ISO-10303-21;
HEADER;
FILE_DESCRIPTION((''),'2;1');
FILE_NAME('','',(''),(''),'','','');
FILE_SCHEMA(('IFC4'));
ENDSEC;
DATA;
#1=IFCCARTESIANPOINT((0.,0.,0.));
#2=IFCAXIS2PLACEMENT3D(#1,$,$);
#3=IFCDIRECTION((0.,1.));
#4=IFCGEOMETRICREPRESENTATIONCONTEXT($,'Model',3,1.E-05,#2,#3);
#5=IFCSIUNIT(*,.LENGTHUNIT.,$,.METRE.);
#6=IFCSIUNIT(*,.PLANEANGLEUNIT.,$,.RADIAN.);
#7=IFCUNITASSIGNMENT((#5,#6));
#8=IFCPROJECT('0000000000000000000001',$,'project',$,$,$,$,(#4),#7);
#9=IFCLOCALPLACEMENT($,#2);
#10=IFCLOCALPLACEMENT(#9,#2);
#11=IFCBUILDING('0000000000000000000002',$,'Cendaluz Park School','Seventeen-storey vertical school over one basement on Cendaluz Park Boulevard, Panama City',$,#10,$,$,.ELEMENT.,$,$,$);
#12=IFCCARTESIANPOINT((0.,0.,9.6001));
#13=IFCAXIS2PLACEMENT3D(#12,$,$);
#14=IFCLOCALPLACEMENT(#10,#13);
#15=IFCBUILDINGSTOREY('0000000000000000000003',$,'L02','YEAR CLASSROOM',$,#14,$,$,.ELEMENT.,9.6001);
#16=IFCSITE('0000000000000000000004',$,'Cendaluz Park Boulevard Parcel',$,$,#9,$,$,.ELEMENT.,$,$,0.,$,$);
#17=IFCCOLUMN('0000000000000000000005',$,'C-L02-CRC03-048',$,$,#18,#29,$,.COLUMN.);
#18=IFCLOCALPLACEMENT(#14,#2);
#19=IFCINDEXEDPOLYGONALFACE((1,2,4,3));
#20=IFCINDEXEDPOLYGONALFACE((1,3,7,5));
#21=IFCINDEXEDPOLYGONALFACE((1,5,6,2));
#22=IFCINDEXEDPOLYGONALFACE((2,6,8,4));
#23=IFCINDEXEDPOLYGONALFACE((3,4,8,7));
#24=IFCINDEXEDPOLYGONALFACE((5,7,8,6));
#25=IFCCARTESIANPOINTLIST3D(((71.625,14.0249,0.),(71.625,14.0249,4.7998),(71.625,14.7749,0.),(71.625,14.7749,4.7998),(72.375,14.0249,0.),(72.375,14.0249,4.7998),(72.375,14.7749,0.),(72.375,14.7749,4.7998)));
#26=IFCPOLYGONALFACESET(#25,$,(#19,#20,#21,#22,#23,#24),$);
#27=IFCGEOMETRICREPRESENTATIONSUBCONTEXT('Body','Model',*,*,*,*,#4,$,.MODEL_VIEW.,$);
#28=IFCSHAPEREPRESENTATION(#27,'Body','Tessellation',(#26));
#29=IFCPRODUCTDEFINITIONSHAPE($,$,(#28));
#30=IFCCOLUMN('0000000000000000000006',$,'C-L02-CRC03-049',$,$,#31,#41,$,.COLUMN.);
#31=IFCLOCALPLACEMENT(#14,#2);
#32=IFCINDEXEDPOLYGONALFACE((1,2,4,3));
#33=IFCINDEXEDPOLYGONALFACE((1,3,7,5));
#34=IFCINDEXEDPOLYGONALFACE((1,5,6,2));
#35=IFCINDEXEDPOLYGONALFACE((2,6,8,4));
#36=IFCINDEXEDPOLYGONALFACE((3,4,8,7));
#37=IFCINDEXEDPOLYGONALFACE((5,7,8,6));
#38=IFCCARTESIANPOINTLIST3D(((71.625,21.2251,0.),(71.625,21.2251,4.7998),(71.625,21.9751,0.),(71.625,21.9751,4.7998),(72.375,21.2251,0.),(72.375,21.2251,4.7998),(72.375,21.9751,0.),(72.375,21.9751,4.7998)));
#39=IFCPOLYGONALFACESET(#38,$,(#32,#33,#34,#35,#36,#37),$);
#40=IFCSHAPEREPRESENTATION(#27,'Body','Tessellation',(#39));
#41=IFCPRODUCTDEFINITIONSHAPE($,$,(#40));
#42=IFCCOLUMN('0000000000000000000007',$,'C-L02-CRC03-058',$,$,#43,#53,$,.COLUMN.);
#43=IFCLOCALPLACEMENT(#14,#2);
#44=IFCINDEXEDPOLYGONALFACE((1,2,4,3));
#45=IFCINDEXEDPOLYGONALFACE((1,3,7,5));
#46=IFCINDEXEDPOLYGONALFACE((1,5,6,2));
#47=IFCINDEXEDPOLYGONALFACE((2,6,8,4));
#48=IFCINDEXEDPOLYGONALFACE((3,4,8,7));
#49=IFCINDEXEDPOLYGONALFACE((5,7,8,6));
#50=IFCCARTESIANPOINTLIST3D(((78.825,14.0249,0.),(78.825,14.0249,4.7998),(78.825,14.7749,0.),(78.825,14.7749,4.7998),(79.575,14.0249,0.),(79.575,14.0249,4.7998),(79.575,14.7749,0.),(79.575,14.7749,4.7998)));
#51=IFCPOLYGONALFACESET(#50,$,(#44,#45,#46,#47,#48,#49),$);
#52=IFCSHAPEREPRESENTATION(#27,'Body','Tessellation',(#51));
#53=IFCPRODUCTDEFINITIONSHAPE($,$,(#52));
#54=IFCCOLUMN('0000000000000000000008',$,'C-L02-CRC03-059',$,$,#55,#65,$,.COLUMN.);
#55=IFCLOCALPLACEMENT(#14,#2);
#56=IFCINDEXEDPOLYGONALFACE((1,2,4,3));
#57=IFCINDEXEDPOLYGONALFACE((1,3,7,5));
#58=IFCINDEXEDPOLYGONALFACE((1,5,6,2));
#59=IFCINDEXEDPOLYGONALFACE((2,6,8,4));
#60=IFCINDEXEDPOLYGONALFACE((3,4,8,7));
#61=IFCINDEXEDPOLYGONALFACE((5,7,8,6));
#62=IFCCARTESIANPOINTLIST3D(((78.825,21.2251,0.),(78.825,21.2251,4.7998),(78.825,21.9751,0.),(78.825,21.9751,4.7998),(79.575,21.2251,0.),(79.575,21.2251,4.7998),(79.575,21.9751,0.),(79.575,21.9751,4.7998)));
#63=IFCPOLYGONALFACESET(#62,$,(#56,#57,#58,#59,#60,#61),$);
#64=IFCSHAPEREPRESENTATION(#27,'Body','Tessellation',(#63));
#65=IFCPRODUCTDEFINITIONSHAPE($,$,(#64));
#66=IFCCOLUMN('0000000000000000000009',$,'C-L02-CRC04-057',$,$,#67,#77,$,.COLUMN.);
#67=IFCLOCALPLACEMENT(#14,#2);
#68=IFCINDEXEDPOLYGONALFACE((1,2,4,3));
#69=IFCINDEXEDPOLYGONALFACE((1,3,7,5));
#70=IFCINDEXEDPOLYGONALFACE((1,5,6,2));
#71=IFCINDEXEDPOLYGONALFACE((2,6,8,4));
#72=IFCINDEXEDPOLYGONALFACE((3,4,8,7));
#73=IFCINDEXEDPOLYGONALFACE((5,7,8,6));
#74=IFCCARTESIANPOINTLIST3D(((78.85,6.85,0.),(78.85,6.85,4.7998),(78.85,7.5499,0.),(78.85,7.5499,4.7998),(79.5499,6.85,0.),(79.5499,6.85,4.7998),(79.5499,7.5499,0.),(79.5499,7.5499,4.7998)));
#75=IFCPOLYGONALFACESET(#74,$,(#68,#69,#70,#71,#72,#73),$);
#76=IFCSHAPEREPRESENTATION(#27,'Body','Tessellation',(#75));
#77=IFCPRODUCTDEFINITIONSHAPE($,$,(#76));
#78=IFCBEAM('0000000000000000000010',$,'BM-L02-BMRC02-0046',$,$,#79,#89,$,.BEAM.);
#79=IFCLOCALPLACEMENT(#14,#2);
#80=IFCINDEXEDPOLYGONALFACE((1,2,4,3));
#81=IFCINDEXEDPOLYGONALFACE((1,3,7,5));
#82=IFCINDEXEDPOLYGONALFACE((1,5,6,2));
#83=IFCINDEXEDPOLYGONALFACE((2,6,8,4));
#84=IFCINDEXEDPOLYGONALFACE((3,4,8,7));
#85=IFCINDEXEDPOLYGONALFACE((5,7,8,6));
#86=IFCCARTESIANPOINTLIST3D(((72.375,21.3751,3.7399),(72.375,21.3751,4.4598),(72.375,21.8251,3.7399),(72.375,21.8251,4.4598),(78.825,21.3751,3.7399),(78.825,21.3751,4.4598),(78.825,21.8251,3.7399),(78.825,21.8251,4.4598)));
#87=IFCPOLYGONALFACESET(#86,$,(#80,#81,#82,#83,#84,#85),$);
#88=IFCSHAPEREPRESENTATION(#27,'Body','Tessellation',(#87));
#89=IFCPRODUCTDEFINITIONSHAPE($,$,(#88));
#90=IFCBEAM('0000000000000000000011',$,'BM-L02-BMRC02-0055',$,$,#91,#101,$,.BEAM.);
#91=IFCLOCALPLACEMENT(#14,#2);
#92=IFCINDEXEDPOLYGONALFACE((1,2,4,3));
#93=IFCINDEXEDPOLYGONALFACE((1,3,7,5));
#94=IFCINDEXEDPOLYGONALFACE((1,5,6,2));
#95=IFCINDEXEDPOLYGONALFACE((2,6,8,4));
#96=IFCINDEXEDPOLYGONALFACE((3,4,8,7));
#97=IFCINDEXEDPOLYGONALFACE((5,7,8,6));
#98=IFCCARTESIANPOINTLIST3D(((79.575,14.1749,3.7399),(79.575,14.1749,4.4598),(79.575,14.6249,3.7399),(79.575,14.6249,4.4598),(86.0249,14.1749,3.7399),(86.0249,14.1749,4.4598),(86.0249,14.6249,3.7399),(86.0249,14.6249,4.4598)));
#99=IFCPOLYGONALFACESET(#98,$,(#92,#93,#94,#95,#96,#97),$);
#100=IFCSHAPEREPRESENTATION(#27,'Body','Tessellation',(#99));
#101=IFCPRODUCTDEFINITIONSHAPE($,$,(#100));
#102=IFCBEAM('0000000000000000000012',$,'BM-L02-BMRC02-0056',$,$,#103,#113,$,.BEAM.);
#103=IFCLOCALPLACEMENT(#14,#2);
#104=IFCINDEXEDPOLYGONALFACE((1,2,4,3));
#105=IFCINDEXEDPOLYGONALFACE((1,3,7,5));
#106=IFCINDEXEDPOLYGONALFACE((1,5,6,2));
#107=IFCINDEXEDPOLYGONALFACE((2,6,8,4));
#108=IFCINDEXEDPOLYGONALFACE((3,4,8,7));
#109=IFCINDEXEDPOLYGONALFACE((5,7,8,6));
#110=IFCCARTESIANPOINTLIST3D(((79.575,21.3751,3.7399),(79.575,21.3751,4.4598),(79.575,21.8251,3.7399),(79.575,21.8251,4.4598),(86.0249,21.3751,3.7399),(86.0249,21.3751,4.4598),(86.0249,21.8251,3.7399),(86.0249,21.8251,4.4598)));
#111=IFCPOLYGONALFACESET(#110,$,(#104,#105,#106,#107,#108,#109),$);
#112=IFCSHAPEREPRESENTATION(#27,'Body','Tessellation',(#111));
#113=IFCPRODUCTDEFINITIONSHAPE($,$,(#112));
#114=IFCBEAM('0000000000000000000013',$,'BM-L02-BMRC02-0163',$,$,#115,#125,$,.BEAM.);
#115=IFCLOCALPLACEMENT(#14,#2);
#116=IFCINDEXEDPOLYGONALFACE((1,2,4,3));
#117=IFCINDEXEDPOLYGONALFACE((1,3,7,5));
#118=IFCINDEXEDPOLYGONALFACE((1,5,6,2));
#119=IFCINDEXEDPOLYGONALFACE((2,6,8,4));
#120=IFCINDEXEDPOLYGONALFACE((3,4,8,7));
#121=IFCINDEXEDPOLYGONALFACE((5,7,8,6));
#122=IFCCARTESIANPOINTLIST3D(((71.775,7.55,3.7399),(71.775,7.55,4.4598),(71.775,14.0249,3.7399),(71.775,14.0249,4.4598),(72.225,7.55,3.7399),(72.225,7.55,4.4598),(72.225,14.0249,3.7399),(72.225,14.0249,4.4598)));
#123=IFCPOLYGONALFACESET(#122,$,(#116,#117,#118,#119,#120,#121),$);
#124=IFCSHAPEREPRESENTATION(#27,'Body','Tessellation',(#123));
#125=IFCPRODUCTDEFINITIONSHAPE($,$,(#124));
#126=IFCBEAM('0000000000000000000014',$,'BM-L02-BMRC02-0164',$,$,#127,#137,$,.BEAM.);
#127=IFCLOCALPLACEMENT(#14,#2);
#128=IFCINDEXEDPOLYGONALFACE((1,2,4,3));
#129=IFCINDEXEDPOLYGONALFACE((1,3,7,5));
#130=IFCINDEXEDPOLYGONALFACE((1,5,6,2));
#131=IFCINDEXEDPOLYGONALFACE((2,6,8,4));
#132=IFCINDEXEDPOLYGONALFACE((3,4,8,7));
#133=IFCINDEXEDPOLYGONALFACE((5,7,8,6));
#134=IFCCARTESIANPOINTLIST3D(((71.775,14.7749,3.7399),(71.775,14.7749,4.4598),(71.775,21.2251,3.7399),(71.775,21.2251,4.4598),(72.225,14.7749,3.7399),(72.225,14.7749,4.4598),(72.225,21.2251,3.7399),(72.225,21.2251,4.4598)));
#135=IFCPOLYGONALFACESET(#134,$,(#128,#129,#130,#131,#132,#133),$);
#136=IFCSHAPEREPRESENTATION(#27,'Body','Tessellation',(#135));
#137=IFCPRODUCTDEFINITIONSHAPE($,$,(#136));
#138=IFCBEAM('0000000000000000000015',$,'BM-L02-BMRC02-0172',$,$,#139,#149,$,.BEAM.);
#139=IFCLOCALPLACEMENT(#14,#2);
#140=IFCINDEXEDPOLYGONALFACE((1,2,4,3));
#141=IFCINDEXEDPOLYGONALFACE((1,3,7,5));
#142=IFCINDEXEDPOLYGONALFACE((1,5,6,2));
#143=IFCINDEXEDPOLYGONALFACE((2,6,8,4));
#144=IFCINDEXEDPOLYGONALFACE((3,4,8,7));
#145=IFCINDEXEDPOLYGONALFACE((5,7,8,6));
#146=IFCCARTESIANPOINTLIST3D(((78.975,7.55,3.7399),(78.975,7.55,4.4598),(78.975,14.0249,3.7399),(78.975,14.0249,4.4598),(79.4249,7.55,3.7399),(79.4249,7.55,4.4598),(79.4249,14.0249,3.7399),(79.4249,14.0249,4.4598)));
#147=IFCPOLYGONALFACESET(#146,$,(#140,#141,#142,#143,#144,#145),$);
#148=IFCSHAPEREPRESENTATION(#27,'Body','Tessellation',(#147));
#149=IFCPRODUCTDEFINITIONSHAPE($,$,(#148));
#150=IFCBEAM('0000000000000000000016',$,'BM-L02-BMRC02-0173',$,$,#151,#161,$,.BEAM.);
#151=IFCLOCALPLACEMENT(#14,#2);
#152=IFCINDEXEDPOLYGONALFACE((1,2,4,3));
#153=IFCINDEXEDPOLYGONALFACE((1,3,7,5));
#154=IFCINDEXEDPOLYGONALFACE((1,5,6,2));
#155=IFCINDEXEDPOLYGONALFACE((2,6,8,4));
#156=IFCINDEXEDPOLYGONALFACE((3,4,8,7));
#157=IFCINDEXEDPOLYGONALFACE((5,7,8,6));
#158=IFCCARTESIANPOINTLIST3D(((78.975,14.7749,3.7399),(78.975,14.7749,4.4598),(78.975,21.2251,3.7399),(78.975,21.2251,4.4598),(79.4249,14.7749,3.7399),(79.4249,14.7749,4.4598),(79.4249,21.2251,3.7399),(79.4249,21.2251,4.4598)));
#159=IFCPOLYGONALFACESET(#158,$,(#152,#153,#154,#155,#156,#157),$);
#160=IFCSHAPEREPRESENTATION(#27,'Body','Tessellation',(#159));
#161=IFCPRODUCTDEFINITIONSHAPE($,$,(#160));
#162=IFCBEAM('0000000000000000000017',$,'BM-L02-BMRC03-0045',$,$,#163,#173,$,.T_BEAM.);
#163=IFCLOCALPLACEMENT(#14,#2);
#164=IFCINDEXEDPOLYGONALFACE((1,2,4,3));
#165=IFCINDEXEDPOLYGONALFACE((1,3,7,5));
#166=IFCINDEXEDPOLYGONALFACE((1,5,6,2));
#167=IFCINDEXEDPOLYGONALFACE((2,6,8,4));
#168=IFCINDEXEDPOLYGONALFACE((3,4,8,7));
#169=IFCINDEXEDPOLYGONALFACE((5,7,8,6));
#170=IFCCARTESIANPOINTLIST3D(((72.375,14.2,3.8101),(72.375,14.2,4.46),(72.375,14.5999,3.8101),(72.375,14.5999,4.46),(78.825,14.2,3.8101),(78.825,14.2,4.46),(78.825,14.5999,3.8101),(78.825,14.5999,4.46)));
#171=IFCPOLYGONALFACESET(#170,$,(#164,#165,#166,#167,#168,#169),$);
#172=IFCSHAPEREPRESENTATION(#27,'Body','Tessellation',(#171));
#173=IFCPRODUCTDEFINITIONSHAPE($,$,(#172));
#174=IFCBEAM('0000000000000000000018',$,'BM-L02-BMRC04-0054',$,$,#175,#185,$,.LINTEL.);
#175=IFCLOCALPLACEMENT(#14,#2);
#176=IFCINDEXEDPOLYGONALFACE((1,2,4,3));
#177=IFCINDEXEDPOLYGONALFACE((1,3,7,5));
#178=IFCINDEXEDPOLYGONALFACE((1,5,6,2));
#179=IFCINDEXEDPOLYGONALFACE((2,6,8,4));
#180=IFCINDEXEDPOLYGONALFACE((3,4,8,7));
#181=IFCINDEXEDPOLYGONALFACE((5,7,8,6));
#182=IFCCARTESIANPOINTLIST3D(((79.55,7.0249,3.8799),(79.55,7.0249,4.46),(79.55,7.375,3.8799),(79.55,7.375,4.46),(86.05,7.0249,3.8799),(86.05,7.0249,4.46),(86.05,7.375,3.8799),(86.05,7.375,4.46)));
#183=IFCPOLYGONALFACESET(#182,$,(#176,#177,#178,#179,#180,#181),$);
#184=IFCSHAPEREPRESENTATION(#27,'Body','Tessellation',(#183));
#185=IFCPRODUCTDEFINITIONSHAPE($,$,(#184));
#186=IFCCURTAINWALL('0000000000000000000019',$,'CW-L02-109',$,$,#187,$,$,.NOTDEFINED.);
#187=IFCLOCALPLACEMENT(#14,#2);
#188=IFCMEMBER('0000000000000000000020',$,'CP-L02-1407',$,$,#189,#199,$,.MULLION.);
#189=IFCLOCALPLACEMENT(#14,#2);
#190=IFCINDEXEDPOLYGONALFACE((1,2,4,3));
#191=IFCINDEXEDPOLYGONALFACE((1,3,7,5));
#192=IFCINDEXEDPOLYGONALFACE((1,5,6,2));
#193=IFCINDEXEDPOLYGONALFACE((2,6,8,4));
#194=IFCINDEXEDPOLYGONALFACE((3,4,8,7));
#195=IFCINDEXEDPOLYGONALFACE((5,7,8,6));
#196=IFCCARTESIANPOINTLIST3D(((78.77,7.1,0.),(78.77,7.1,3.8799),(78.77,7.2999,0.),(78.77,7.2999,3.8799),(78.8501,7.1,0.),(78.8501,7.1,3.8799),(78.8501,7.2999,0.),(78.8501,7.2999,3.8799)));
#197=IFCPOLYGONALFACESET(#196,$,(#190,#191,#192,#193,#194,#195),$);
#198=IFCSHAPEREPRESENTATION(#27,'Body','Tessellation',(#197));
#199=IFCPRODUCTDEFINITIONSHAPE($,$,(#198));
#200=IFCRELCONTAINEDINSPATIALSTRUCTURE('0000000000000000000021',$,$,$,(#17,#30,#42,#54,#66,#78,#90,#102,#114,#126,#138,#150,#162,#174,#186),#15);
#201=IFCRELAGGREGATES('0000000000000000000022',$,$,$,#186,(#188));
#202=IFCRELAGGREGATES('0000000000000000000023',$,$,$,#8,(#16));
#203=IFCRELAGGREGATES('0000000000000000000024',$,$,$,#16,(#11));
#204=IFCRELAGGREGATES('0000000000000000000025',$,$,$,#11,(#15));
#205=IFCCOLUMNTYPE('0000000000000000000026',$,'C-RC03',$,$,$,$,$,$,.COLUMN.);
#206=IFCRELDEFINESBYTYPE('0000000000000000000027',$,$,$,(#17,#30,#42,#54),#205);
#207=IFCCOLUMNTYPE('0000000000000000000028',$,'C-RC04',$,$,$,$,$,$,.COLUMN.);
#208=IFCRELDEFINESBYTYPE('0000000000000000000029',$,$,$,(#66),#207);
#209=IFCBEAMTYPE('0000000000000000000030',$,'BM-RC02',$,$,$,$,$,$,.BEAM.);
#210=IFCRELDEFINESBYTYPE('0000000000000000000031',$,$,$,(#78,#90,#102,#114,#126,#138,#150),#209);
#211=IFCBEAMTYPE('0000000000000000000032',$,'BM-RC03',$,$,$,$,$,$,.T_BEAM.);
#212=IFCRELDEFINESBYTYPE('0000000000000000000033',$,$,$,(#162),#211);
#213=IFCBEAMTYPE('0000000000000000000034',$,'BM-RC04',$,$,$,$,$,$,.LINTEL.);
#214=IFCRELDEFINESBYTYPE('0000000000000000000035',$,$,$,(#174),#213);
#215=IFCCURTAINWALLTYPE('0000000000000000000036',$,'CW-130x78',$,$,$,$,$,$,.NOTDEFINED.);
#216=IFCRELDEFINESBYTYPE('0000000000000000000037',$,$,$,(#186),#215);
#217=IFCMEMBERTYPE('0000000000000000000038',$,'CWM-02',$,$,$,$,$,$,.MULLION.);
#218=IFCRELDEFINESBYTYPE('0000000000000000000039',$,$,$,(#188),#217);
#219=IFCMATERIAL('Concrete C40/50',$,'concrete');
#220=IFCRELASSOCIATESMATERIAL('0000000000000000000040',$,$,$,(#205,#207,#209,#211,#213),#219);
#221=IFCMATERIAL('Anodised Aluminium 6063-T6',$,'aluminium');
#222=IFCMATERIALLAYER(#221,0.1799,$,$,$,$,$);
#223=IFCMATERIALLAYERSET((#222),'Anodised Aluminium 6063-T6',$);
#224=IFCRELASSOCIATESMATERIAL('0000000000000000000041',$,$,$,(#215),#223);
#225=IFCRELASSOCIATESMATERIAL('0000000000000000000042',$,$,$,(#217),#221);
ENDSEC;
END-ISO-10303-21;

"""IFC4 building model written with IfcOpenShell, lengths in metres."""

from ifc_helpers import new_model, si_unit, direction, frame, origin, origin_2d, place, context, subcontext, project, spatial, rectangle, extrude, material, layer, layer_set, material_profile, profile_set, type_object, element, aggregate, save


model = new_model("IFC4")

# Units and contexts
model_context = context("Model", 3, precision=1e-05, world=origin(), true_north=direction((0.0, 1.0)))
body_context = subcontext(model_context, "Body", "Model", "MODEL_VIEW")
ifc_project = project(units=[si_unit("LENGTHUNIT", "METRE"), si_unit("PLANEANGLEUNIT", "RADIAN")], contexts=[model_context])

# Site, building, storey
site_placement = place(None, origin())
site = spatial("IfcSite", under=ifc_project, at=site_placement, Name="Cendaluz Park Boulevard Parcel", CompositionType="ELEMENT", RefElevation=0.0)
building_placement = place(site_placement, origin())
building = spatial("IfcBuilding", under=site, at=building_placement, Name="Cendaluz Park School", Description="Seventeen-storey vertical school over one basement on Cendaluz Park Boulevard, Panama City", CompositionType="ELEMENT")
storey_placement = place(building_placement, frame((0.0, 0.0, 9.6001)))
storey = spatial("IfcBuildingStorey", under=building, at=storey_placement, Name="L02", Description="YEAR CLASSROOM", CompositionType="ELEMENT", Elevation=9.6001)

# Columns
ifc_material_1 = material(Name="Concrete C40/50", Category="concrete")
ifc_material_profile_1 = material_profile(ifc_material_1, rectangle(XDim=0.75, YDim=0.75, at=origin_2d()), Name="RC 750x750", Category="concrete")
ifc_profile_set_1 = profile_set([ifc_material_profile_1], Name="Concrete C40/50")
column_type_1 = type_object("IfcColumnType", Name="C-RC03", PredefinedType="COLUMN", material=ifc_profile_set_1)
for number, where, z_axis, x_axis, name in (
    (1, (72.0, 14.3999, 0.0), (0.0, 0.0, 1.0), (1.0, 0.0, 0.0), "C-L02-CRC03-048"),
    (2, (72.0, 21.6001, 0.0), (0.0, 0.0, 1.0), (1.0, 0.0, 0.0), "C-L02-CRC03-049"),
    (3, (79.2, 14.3999, 0.0), (0.0, 0.0, 1.0), (1.0, 0.0, 0.0), "C-L02-CRC03-058"),
    (4, (79.2, 21.6001, 0.0), (0.0, 0.0, 1.0), (1.0, 0.0, 0.0), "C-L02-CRC03-059"),
):
    element("IfcColumn", number, at=place(storey_placement, frame(where, z_axis=z_axis, x_axis=x_axis)), inside=storey, type_object=column_type_1, Name=name, PredefinedType="COLUMN", context=body_context, shape_type="SweptSolid", body=[
        extrude(rectangle(XDim=0.75, YDim=0.75, at=origin_2d()), origin(), (0.0, 0.0, 1.0), 4.7998),
    ])
ifc_material_profile_2 = material_profile(ifc_material_1, rectangle(XDim=0.7, YDim=0.7, at=origin_2d()), Name="RC 700x700", Category="concrete")
ifc_profile_set_2 = profile_set([ifc_material_profile_2], Name="Concrete C40/50")
column_type_2 = type_object("IfcColumnType", Name="C-RC04", PredefinedType="COLUMN", material=ifc_profile_set_2)
column_placement = place(storey_placement, frame((79.2, 7.2, 0.0), z_axis=(0.0, 0.0, 1.0), x_axis=(1.0, 0.0, 0.0)))
element("IfcColumn", 5, at=column_placement, inside=storey, type_object=column_type_2, Name="C-L02-CRC04-057", PredefinedType="COLUMN", context=body_context, shape_type="SweptSolid", body=[
    extrude(rectangle(XDim=0.7, YDim=0.7, at=origin_2d()), origin(), (0.0, 0.0, 1.0), 4.7998),
])

# Beams
ifc_material_profile_3 = material_profile(ifc_material_1, rectangle(XDim=0.45, YDim=0.72, at=origin_2d()), Name="RC 450x720", Category="concrete")
ifc_profile_set_3 = profile_set([ifc_material_profile_3], Name="Concrete C40/50")
beam_type_1 = type_object("IfcBeamType", Name="BM-RC02", PredefinedType="BEAM", material=ifc_profile_set_3)
for number, where, z_axis, x_axis, name in (
    (6, (72.375, 21.6001, 4.0999), (1.0, 0.0, 0.0), (0.0, 1.0, 0.0), "BM-L02-BMRC02-0046"),
    (7, (79.575, 14.3999, 4.0999), (1.0, 0.0, 0.0), (0.0, 1.0, 0.0), "BM-L02-BMRC02-0055"),
    (8, (79.575, 21.6001, 4.0999), (1.0, 0.0, 0.0), (0.0, 1.0, 0.0), "BM-L02-BMRC02-0056"),
):
    element("IfcBeam", number, at=place(storey_placement, frame(where, z_axis=z_axis, x_axis=x_axis)), inside=storey, type_object=beam_type_1, Name=name, PredefinedType="BEAM", context=body_context, shape_type="SweptSolid", body=[
        extrude(rectangle(XDim=0.45, YDim=0.72, at=origin_2d()), origin(), (0.0, 0.0, 1.0), 6.45),
    ])
beam_1_placement = place(storey_placement, frame((72.0, 7.55, 4.0999), z_axis=(0.0, 1.0, 0.0), x_axis=(-1.0, 0.0, 0.0)))
element("IfcBeam", 9, at=beam_1_placement, inside=storey, type_object=beam_type_1, Name="BM-L02-BMRC02-0163", PredefinedType="BEAM", context=body_context, shape_type="SweptSolid", body=[
    extrude(rectangle(XDim=0.45, YDim=0.72, at=origin_2d()), origin(), (0.0, 0.0, 1.0), 6.4749),
])
beam_2_placement = place(storey_placement, frame((72.0, 14.7749, 4.0999), z_axis=(0.0, 1.0, 0.0), x_axis=(-1.0, 0.0, 0.0)))
element("IfcBeam", 10, at=beam_2_placement, inside=storey, type_object=beam_type_1, Name="BM-L02-BMRC02-0164", PredefinedType="BEAM", context=body_context, shape_type="SweptSolid", body=[
    extrude(rectangle(XDim=0.45, YDim=0.72, at=origin_2d()), origin(), (0.0, 0.0, 1.0), 6.4502),
])
beam_3_placement = place(storey_placement, frame((79.2, 7.55, 4.0999), z_axis=(0.0, 1.0, 0.0), x_axis=(-1.0, 0.0, 0.0)))
element("IfcBeam", 11, at=beam_3_placement, inside=storey, type_object=beam_type_1, Name="BM-L02-BMRC02-0172", PredefinedType="BEAM", context=body_context, shape_type="SweptSolid", body=[
    extrude(rectangle(XDim=0.45, YDim=0.72, at=origin_2d()), origin(), (0.0, 0.0, 1.0), 6.4749),
])
beam_4_placement = place(storey_placement, frame((79.2, 14.7749, 4.0999), z_axis=(0.0, 1.0, 0.0), x_axis=(-1.0, 0.0, 0.0)))
element("IfcBeam", 12, at=beam_4_placement, inside=storey, type_object=beam_type_1, Name="BM-L02-BMRC02-0173", PredefinedType="BEAM", context=body_context, shape_type="SweptSolid", body=[
    extrude(rectangle(XDim=0.45, YDim=0.72, at=origin_2d()), origin(), (0.0, 0.0, 1.0), 6.4502),
])
ifc_material_profile_4 = material_profile(ifc_material_1, rectangle(XDim=0.3999, YDim=0.6499, at=origin_2d()), Name="RC 400x650", Category="concrete")
ifc_profile_set_4 = profile_set([ifc_material_profile_4], Name="Concrete C40/50")
beam_type_2 = type_object("IfcBeamType", Name="BM-RC03", PredefinedType="T_BEAM", material=ifc_profile_set_4)
beam_5_placement = place(storey_placement, frame((72.375, 14.3999, 4.135), z_axis=(1.0, 0.0, 0.0), x_axis=(0.0, 1.0, 0.0)))
element("IfcBeam", 13, at=beam_5_placement, inside=storey, type_object=beam_type_2, Name="BM-L02-BMRC03-0045", PredefinedType="T_BEAM", context=body_context, shape_type="SweptSolid", body=[
    extrude(rectangle(XDim=0.3999, YDim=0.6499, at=origin_2d()), origin(), (0.0, 0.0, 1.0), 6.45),
])
ifc_material_profile_5 = material_profile(ifc_material_1, rectangle(XDim=0.3501, YDim=0.5801, at=origin_2d()), Name="RC 350x580", Category="concrete")
ifc_profile_set_5 = profile_set([ifc_material_profile_5], Name="Concrete C40/50")
beam_type_3 = type_object("IfcBeamType", Name="BM-RC04", PredefinedType="LINTEL", material=ifc_profile_set_5)
beam_6_placement = place(storey_placement, frame((79.55, 7.2, 4.1699), z_axis=(1.0, 0.0, 0.0), x_axis=(0.0, 1.0, 0.0)))
element("IfcBeam", 14, at=beam_6_placement, inside=storey, type_object=beam_type_3, Name="BM-L02-BMRC04-0054", PredefinedType="LINTEL", context=body_context, shape_type="SweptSolid", body=[
    extrude(rectangle(XDim=0.3501, YDim=0.5801, at=origin_2d()), origin(), (0.0, 0.0, 1.0), 6.5),
])

# Curtain wall, member
ifc_material_2 = material(Name="Anodised Aluminium 6063-T6", Category="aluminium")
ifc_layer_1 = layer(ifc_material_2, 0.1799)
ifc_layer_set_1 = layer_set([ifc_layer_1], Name="Anodised Aluminium 6063-T6")
curtain_wall_type = type_object("IfcCurtainWallType", Name="CW-130x78", PredefinedType="NOTDEFINED", material=ifc_layer_set_1)
curtain_wall_placement = place(storey_placement, origin())
curtain_wall = element("IfcCurtainWall", 15, at=curtain_wall_placement, inside=storey, type_object=curtain_wall_type, Name="CW-L02-109", PredefinedType="NOTDEFINED")
ifc_material_profile_6 = material_profile(ifc_material_2, rectangle(XDim=0.2, YDim=0.0801, at=origin_2d()), Name="CWM 200x80", Category="aluminium")
ifc_profile_set_6 = profile_set([ifc_material_profile_6], Name="Anodised Aluminium 6063-T6")
member_type = type_object("IfcMemberType", Name="CWM-02", PredefinedType="MULLION", material=ifc_profile_set_6)
member_placement = place(storey_placement, frame((78.8101, 7.2, 0.0), z_axis=(0.0, 0.0, 1.0), x_axis=(0.0, 1.0, 0.0)))
member = element("IfcMember", 16, at=member_placement, type_object=member_type, Name="CP-L02-1407", PredefinedType="MULLION", context=body_context, shape_type="SweptSolid", body=[
    extrude(rectangle(XDim=0.2, YDim=0.0801, at=origin_2d()), origin(), (0.0, 0.0, 1.0), 3.8799),
])
aggregate(curtain_wall, [member])

save(model, "model.ifc")
